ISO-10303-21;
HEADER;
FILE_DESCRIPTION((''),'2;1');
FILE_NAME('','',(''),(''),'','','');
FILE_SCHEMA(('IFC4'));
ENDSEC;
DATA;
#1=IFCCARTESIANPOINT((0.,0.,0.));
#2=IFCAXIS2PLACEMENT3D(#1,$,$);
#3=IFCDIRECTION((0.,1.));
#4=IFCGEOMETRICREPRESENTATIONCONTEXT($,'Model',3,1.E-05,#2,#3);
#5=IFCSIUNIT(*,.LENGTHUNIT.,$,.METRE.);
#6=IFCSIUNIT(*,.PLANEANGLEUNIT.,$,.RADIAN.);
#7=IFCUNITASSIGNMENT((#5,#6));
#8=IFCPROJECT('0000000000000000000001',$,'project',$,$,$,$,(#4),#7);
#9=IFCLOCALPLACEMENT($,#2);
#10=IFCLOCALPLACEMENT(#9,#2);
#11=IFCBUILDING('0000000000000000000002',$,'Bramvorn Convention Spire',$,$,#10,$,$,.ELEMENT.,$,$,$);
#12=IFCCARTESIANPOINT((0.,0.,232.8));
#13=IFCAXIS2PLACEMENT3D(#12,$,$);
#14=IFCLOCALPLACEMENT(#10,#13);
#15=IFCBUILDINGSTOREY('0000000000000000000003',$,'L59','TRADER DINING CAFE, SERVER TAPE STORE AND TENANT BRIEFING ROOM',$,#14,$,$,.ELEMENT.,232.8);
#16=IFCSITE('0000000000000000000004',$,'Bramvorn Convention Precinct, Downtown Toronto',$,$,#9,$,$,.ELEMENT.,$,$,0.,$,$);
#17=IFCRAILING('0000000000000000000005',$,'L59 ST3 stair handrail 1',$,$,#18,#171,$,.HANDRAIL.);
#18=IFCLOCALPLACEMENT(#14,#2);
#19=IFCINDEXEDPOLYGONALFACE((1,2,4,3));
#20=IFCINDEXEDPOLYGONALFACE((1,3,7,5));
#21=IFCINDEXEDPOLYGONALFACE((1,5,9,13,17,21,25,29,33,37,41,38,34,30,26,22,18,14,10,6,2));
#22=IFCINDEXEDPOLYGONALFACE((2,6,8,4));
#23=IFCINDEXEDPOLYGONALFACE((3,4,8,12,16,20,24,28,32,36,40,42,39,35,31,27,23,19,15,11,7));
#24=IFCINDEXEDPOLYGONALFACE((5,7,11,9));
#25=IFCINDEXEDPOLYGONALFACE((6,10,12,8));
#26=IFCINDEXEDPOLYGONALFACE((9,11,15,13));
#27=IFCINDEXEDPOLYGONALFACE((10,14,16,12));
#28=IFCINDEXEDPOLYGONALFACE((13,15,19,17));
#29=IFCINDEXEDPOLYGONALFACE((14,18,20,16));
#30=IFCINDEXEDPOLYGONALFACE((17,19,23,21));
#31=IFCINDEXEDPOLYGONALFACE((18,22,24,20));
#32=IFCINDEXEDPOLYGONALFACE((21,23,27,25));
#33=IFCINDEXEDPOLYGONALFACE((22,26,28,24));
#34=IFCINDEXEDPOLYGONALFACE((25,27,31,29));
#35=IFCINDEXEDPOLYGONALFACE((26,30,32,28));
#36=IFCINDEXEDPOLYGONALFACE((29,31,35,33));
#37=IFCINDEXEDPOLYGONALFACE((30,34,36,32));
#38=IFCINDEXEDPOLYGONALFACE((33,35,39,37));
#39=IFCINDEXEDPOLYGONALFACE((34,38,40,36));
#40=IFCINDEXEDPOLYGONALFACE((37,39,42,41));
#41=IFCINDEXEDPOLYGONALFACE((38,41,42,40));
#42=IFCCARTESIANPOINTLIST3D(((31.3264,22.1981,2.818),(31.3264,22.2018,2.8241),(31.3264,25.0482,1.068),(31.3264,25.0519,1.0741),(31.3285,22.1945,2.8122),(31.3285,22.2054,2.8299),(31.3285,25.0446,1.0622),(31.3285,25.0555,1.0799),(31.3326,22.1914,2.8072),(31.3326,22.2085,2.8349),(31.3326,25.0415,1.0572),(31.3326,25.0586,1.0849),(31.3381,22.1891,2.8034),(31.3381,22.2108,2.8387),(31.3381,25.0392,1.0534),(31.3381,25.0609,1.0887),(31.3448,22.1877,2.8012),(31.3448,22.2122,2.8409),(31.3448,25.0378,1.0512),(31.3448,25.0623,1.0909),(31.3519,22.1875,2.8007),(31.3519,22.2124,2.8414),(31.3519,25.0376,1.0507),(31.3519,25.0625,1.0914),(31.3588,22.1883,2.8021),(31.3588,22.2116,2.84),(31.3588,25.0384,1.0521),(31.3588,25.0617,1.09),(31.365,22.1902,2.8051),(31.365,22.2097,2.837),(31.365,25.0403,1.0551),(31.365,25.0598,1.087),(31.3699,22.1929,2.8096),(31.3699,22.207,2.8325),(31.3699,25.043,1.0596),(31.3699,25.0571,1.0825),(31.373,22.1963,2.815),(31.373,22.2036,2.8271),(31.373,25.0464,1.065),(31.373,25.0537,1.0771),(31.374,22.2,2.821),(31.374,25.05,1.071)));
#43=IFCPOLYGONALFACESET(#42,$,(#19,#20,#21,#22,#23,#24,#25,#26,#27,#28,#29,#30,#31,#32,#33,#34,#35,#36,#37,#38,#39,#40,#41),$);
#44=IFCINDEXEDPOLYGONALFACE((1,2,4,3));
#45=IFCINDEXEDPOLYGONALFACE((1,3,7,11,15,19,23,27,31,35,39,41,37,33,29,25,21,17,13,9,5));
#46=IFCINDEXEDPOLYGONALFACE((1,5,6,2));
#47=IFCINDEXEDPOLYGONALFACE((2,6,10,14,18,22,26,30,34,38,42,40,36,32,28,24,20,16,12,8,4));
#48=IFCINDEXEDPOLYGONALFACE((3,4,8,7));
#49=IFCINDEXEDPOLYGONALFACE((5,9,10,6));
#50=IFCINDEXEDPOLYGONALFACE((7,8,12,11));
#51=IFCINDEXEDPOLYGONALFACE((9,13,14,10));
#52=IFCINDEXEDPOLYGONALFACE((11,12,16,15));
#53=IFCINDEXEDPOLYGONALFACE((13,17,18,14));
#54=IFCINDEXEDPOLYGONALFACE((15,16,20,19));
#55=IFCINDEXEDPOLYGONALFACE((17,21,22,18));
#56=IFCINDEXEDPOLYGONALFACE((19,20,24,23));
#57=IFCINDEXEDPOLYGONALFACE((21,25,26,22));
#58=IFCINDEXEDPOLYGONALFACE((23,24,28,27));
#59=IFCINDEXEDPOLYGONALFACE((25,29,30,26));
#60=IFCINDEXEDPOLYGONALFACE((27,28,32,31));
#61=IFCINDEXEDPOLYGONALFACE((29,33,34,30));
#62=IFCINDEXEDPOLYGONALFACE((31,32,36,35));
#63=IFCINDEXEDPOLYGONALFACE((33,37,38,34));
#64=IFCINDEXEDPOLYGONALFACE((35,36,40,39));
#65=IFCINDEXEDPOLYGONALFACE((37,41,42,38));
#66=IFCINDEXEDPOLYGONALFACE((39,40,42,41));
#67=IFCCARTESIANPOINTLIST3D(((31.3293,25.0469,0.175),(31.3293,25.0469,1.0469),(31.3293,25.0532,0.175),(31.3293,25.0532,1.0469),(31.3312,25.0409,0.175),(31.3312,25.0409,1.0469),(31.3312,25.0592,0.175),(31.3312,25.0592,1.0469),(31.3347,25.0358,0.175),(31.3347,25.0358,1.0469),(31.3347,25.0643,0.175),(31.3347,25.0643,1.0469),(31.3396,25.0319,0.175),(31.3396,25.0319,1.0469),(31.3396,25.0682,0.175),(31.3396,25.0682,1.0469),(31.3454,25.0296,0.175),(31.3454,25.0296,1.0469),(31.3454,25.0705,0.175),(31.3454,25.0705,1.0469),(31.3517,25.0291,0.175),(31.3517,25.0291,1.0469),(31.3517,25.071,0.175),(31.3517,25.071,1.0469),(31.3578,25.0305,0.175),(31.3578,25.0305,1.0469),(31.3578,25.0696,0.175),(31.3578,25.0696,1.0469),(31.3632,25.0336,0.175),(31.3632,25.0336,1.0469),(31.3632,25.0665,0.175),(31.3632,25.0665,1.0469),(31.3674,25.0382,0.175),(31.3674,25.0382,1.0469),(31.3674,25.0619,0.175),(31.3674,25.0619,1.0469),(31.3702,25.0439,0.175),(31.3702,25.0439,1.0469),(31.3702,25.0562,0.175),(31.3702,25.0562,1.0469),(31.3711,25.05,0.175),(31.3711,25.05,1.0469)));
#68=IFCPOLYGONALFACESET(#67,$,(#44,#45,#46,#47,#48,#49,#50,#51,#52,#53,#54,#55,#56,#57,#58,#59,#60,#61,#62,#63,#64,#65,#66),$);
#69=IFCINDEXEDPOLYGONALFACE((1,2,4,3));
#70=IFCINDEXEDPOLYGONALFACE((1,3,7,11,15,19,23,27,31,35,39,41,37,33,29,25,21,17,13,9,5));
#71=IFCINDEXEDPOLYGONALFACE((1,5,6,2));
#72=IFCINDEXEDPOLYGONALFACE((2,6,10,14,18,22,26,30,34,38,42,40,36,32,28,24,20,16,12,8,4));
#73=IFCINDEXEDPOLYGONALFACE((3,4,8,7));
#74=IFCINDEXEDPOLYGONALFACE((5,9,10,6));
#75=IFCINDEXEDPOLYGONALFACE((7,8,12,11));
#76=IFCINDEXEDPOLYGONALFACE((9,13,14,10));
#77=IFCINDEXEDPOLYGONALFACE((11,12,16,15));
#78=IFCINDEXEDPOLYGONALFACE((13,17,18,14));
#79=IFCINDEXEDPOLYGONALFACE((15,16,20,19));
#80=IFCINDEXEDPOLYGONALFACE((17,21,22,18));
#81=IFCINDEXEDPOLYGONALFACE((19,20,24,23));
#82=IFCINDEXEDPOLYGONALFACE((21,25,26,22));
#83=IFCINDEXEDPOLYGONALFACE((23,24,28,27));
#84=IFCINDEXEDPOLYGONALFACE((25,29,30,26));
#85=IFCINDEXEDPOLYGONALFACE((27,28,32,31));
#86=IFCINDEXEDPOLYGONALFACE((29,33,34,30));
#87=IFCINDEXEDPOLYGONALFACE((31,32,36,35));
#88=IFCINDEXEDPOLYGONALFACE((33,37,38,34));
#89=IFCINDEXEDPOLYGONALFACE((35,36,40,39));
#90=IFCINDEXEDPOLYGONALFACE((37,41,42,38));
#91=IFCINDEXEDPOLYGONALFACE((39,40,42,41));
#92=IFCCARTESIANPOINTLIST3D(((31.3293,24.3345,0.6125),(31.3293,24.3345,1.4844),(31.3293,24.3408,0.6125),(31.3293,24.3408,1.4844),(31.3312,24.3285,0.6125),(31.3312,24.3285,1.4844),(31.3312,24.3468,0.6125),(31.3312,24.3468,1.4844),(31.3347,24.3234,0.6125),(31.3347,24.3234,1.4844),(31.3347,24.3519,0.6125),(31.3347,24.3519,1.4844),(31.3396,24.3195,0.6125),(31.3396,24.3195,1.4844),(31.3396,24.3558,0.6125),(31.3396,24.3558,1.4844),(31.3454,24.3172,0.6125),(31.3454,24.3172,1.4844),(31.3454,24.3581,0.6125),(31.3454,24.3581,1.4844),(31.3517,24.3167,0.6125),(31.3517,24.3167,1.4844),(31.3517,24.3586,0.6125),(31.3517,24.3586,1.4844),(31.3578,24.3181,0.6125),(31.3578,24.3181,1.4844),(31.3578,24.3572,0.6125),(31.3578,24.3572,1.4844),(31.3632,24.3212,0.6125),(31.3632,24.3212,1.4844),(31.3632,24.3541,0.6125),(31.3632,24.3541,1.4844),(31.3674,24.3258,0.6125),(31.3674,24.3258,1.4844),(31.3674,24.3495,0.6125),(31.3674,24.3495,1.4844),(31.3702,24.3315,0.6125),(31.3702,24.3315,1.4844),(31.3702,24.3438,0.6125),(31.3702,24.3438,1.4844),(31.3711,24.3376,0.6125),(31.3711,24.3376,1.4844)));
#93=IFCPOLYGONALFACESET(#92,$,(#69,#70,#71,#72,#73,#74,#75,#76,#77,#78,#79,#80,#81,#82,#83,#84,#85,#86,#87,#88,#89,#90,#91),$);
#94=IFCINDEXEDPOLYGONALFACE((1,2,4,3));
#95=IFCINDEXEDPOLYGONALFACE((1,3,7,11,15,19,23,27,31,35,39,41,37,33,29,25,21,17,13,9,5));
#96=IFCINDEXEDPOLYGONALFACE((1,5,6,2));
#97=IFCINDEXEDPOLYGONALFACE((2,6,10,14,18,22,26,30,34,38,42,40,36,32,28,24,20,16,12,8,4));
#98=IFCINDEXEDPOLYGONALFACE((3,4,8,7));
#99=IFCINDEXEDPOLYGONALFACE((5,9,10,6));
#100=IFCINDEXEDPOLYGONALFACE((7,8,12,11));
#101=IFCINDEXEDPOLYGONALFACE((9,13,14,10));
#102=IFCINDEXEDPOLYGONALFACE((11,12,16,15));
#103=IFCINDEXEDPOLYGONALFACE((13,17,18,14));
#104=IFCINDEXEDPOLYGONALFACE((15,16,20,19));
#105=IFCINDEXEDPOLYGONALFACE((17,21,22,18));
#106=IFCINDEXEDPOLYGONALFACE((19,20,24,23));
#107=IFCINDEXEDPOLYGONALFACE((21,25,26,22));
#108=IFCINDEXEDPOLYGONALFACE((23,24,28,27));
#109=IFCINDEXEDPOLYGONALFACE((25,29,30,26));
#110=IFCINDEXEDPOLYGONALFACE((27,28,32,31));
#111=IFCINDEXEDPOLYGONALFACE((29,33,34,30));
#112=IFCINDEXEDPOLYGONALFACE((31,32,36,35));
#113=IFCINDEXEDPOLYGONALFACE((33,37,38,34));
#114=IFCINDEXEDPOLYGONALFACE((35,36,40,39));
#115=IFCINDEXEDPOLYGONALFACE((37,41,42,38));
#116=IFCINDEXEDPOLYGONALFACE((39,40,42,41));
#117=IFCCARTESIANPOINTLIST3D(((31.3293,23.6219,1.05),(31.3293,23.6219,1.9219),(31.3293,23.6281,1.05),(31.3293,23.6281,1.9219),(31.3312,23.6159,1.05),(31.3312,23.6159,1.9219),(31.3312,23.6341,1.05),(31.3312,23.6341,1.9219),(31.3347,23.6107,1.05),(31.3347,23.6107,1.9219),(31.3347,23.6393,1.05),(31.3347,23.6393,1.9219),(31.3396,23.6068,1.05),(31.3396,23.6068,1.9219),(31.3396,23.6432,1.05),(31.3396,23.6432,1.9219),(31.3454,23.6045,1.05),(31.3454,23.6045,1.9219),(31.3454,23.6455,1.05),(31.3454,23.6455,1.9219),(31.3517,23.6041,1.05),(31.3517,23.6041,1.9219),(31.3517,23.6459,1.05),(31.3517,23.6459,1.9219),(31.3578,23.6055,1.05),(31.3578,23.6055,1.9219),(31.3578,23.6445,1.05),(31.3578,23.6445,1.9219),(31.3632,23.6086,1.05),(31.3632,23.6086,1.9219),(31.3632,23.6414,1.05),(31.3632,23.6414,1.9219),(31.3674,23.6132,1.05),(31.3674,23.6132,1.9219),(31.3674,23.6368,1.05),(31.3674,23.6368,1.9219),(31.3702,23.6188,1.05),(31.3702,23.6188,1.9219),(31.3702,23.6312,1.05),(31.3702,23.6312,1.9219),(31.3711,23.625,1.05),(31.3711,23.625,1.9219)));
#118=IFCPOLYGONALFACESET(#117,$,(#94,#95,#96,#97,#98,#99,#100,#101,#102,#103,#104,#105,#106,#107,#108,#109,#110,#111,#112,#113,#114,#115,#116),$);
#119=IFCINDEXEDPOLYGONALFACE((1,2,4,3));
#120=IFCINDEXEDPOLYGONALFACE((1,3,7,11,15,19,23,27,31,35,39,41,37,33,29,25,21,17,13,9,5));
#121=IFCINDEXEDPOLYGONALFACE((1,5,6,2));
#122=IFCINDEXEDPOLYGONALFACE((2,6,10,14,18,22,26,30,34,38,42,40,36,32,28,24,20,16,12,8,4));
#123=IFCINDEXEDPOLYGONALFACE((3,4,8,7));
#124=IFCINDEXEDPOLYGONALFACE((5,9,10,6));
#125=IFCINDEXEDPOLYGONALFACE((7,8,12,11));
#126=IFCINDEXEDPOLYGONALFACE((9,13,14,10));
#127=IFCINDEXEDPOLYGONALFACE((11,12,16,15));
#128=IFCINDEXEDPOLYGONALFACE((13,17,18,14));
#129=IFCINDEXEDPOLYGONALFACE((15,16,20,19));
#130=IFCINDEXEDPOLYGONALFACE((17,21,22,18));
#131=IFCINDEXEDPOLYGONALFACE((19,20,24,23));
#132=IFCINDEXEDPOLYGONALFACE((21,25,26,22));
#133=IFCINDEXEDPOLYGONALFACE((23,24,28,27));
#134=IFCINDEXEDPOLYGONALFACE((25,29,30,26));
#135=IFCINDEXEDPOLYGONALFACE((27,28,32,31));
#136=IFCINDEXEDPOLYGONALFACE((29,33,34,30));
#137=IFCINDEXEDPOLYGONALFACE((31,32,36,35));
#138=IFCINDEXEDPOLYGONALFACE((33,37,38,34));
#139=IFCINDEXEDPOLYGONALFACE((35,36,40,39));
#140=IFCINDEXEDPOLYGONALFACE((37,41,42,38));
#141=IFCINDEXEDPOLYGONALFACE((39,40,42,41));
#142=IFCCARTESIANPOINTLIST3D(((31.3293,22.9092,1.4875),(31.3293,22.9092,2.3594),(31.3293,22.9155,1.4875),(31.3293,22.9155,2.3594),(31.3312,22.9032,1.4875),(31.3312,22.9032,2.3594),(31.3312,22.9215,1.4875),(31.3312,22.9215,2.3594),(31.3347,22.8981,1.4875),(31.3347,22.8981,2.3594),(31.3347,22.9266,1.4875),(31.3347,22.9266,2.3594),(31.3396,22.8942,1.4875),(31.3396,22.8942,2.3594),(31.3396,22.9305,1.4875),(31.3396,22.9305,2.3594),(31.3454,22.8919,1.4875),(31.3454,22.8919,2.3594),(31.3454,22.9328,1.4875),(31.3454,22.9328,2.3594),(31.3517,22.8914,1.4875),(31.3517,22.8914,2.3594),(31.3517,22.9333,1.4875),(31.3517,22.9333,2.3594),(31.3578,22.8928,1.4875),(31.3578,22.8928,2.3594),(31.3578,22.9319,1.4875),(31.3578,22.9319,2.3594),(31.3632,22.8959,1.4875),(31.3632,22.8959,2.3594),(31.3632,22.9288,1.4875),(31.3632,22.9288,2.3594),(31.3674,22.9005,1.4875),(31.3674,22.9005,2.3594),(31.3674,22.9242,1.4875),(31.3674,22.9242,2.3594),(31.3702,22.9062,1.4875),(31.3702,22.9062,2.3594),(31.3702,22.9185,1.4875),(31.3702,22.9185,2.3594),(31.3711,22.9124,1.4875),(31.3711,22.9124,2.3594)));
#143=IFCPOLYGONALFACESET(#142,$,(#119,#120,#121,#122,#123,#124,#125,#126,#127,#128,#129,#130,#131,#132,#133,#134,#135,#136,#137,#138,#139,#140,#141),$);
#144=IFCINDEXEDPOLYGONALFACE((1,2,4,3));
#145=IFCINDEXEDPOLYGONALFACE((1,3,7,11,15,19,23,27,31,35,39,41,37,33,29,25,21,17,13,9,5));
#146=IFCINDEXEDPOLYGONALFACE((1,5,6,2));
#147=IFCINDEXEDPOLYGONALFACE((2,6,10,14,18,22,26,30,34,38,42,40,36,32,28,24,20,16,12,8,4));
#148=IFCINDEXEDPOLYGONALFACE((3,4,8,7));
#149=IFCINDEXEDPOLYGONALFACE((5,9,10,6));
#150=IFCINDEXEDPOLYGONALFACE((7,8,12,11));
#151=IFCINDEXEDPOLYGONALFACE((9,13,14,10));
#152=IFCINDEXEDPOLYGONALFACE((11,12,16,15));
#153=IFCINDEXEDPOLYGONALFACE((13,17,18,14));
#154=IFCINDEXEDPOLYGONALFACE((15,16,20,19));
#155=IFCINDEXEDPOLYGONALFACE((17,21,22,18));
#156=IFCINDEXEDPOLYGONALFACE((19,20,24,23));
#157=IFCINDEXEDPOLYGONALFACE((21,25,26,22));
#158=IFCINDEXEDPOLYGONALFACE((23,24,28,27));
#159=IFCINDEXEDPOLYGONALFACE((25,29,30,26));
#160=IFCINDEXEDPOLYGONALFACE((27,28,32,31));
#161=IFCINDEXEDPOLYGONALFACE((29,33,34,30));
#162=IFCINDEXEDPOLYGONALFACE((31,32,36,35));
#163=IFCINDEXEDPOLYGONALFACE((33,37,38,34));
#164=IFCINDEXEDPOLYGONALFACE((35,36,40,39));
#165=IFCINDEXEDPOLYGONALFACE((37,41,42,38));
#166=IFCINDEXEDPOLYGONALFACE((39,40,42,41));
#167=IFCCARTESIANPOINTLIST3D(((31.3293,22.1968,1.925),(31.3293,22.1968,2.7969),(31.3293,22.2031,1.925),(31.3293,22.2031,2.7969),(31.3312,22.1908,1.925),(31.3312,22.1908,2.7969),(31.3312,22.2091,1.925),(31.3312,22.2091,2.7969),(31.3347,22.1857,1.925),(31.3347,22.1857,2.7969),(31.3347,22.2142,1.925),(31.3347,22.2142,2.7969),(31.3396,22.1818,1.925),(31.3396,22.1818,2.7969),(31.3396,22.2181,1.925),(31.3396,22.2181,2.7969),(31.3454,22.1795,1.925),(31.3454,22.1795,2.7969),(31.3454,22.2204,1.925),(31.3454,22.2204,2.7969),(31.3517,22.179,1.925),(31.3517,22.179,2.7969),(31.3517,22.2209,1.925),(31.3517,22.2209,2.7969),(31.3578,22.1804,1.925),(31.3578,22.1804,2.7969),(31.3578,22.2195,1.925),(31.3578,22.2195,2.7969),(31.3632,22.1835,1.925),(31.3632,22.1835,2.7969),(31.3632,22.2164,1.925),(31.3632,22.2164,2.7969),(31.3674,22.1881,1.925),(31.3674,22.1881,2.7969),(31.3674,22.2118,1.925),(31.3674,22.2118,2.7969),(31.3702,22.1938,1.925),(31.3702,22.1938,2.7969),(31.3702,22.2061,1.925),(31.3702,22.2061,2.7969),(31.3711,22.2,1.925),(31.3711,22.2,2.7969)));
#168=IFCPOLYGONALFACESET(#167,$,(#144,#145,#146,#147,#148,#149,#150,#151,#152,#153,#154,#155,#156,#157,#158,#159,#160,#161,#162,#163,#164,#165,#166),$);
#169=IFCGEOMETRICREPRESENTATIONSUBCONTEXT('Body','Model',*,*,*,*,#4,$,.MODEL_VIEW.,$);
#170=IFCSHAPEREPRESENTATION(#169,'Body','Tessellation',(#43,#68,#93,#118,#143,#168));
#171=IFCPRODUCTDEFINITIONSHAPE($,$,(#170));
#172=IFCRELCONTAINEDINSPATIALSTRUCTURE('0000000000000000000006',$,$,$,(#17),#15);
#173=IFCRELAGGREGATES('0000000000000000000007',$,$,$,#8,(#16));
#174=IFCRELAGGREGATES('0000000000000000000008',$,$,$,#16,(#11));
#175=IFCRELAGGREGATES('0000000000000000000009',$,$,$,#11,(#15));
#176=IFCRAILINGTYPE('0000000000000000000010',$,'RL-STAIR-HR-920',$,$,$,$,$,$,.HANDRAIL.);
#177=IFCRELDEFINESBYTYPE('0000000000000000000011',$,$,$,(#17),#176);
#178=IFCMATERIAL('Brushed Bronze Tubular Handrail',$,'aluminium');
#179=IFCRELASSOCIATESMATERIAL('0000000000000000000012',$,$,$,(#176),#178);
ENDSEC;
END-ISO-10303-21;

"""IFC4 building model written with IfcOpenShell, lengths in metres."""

from ifc_helpers import new_model, si_unit, direction, frame, origin, origin_2d, place, context, subcontext, project, spatial, circle, extrude, material, type_object, element, save


model = new_model("IFC4")

# Units and contexts
model_context = context("Model", 3, precision=1e-05, world=origin(), true_north=direction((0.0, 1.0)))
body_context = subcontext(model_context, "Body", "Model", "MODEL_VIEW")
ifc_project = project(units=[si_unit("LENGTHUNIT", "METRE"), si_unit("PLANEANGLEUNIT", "RADIAN")], contexts=[model_context])

# Site, building, storey
site_placement = place(None, origin())
site = spatial("IfcSite", under=ifc_project, at=site_placement, Name="Bramvorn Convention Precinct, Downtown Toronto", CompositionType="ELEMENT", RefElevation=0.0)
building_placement = place(site_placement, origin())
building = spatial("IfcBuilding", under=site, at=building_placement, Name="Bramvorn Convention Spire", CompositionType="ELEMENT")
storey_placement = place(building_placement, frame((0.0, 0.0, 232.8)))
storey = spatial("IfcBuildingStorey", under=building, at=storey_placement, Name="L59", Description="TRADER DINING CAFE, SERVER TAPE STORE AND TENANT BRIEFING ROOM", CompositionType="ELEMENT", Elevation=232.8)

# Railing
ifc_material_1 = material(Name="Brushed Bronze Tubular Handrail", Category="aluminium")
railing_type_1 = type_object("IfcRailingType", Name="RL-STAIR-HR-920", PredefinedType="HANDRAIL", material=ifc_material_1)
railing_1_placement = place(storey_placement, frame((31.3501, 25.05, 0.175)))
element("IfcRailing", 1, at=railing_1_placement, inside=storey, type_object=railing_type_1, Name="L59 ST3 stair handrail 1", PredefinedType="HANDRAIL", context=body_context, shape_type="SweptSolid", body=[
    extrude(circle(Radius=0.0239, at=origin_2d()), frame((0.0, 0.0, 0.896), z_axis=(0.0, -0.852179, 0.52325), x_axis=(1.0, 0.0, 0.0)), (0.0, 0.0, 1.0), 3.3445),
    extrude(circle(Radius=0.021, at=origin_2d()), origin(), (0.0, 0.0, 1.0), 0.8718),
    extrude(circle(Radius=0.021, at=origin_2d()), frame((0.0, -0.7124, 0.4375)), (0.0, 0.0, 1.0), 0.8718),
    extrude(circle(Radius=0.021, at=origin_2d()), frame((0.0, -1.425, 0.875)), (0.0, 0.0, 1.0), 0.8718),
    extrude(circle(Radius=0.021, at=origin_2d()), frame((0.0, -2.1377, 1.3125)), (0.0, 0.0, 1.0), 0.8718),
    extrude(circle(Radius=0.021, at=origin_2d()), frame((0.0, -2.8501, 1.75)), (0.0, 0.0, 1.0), 0.8718),
])

save(model, "model.ifc")
